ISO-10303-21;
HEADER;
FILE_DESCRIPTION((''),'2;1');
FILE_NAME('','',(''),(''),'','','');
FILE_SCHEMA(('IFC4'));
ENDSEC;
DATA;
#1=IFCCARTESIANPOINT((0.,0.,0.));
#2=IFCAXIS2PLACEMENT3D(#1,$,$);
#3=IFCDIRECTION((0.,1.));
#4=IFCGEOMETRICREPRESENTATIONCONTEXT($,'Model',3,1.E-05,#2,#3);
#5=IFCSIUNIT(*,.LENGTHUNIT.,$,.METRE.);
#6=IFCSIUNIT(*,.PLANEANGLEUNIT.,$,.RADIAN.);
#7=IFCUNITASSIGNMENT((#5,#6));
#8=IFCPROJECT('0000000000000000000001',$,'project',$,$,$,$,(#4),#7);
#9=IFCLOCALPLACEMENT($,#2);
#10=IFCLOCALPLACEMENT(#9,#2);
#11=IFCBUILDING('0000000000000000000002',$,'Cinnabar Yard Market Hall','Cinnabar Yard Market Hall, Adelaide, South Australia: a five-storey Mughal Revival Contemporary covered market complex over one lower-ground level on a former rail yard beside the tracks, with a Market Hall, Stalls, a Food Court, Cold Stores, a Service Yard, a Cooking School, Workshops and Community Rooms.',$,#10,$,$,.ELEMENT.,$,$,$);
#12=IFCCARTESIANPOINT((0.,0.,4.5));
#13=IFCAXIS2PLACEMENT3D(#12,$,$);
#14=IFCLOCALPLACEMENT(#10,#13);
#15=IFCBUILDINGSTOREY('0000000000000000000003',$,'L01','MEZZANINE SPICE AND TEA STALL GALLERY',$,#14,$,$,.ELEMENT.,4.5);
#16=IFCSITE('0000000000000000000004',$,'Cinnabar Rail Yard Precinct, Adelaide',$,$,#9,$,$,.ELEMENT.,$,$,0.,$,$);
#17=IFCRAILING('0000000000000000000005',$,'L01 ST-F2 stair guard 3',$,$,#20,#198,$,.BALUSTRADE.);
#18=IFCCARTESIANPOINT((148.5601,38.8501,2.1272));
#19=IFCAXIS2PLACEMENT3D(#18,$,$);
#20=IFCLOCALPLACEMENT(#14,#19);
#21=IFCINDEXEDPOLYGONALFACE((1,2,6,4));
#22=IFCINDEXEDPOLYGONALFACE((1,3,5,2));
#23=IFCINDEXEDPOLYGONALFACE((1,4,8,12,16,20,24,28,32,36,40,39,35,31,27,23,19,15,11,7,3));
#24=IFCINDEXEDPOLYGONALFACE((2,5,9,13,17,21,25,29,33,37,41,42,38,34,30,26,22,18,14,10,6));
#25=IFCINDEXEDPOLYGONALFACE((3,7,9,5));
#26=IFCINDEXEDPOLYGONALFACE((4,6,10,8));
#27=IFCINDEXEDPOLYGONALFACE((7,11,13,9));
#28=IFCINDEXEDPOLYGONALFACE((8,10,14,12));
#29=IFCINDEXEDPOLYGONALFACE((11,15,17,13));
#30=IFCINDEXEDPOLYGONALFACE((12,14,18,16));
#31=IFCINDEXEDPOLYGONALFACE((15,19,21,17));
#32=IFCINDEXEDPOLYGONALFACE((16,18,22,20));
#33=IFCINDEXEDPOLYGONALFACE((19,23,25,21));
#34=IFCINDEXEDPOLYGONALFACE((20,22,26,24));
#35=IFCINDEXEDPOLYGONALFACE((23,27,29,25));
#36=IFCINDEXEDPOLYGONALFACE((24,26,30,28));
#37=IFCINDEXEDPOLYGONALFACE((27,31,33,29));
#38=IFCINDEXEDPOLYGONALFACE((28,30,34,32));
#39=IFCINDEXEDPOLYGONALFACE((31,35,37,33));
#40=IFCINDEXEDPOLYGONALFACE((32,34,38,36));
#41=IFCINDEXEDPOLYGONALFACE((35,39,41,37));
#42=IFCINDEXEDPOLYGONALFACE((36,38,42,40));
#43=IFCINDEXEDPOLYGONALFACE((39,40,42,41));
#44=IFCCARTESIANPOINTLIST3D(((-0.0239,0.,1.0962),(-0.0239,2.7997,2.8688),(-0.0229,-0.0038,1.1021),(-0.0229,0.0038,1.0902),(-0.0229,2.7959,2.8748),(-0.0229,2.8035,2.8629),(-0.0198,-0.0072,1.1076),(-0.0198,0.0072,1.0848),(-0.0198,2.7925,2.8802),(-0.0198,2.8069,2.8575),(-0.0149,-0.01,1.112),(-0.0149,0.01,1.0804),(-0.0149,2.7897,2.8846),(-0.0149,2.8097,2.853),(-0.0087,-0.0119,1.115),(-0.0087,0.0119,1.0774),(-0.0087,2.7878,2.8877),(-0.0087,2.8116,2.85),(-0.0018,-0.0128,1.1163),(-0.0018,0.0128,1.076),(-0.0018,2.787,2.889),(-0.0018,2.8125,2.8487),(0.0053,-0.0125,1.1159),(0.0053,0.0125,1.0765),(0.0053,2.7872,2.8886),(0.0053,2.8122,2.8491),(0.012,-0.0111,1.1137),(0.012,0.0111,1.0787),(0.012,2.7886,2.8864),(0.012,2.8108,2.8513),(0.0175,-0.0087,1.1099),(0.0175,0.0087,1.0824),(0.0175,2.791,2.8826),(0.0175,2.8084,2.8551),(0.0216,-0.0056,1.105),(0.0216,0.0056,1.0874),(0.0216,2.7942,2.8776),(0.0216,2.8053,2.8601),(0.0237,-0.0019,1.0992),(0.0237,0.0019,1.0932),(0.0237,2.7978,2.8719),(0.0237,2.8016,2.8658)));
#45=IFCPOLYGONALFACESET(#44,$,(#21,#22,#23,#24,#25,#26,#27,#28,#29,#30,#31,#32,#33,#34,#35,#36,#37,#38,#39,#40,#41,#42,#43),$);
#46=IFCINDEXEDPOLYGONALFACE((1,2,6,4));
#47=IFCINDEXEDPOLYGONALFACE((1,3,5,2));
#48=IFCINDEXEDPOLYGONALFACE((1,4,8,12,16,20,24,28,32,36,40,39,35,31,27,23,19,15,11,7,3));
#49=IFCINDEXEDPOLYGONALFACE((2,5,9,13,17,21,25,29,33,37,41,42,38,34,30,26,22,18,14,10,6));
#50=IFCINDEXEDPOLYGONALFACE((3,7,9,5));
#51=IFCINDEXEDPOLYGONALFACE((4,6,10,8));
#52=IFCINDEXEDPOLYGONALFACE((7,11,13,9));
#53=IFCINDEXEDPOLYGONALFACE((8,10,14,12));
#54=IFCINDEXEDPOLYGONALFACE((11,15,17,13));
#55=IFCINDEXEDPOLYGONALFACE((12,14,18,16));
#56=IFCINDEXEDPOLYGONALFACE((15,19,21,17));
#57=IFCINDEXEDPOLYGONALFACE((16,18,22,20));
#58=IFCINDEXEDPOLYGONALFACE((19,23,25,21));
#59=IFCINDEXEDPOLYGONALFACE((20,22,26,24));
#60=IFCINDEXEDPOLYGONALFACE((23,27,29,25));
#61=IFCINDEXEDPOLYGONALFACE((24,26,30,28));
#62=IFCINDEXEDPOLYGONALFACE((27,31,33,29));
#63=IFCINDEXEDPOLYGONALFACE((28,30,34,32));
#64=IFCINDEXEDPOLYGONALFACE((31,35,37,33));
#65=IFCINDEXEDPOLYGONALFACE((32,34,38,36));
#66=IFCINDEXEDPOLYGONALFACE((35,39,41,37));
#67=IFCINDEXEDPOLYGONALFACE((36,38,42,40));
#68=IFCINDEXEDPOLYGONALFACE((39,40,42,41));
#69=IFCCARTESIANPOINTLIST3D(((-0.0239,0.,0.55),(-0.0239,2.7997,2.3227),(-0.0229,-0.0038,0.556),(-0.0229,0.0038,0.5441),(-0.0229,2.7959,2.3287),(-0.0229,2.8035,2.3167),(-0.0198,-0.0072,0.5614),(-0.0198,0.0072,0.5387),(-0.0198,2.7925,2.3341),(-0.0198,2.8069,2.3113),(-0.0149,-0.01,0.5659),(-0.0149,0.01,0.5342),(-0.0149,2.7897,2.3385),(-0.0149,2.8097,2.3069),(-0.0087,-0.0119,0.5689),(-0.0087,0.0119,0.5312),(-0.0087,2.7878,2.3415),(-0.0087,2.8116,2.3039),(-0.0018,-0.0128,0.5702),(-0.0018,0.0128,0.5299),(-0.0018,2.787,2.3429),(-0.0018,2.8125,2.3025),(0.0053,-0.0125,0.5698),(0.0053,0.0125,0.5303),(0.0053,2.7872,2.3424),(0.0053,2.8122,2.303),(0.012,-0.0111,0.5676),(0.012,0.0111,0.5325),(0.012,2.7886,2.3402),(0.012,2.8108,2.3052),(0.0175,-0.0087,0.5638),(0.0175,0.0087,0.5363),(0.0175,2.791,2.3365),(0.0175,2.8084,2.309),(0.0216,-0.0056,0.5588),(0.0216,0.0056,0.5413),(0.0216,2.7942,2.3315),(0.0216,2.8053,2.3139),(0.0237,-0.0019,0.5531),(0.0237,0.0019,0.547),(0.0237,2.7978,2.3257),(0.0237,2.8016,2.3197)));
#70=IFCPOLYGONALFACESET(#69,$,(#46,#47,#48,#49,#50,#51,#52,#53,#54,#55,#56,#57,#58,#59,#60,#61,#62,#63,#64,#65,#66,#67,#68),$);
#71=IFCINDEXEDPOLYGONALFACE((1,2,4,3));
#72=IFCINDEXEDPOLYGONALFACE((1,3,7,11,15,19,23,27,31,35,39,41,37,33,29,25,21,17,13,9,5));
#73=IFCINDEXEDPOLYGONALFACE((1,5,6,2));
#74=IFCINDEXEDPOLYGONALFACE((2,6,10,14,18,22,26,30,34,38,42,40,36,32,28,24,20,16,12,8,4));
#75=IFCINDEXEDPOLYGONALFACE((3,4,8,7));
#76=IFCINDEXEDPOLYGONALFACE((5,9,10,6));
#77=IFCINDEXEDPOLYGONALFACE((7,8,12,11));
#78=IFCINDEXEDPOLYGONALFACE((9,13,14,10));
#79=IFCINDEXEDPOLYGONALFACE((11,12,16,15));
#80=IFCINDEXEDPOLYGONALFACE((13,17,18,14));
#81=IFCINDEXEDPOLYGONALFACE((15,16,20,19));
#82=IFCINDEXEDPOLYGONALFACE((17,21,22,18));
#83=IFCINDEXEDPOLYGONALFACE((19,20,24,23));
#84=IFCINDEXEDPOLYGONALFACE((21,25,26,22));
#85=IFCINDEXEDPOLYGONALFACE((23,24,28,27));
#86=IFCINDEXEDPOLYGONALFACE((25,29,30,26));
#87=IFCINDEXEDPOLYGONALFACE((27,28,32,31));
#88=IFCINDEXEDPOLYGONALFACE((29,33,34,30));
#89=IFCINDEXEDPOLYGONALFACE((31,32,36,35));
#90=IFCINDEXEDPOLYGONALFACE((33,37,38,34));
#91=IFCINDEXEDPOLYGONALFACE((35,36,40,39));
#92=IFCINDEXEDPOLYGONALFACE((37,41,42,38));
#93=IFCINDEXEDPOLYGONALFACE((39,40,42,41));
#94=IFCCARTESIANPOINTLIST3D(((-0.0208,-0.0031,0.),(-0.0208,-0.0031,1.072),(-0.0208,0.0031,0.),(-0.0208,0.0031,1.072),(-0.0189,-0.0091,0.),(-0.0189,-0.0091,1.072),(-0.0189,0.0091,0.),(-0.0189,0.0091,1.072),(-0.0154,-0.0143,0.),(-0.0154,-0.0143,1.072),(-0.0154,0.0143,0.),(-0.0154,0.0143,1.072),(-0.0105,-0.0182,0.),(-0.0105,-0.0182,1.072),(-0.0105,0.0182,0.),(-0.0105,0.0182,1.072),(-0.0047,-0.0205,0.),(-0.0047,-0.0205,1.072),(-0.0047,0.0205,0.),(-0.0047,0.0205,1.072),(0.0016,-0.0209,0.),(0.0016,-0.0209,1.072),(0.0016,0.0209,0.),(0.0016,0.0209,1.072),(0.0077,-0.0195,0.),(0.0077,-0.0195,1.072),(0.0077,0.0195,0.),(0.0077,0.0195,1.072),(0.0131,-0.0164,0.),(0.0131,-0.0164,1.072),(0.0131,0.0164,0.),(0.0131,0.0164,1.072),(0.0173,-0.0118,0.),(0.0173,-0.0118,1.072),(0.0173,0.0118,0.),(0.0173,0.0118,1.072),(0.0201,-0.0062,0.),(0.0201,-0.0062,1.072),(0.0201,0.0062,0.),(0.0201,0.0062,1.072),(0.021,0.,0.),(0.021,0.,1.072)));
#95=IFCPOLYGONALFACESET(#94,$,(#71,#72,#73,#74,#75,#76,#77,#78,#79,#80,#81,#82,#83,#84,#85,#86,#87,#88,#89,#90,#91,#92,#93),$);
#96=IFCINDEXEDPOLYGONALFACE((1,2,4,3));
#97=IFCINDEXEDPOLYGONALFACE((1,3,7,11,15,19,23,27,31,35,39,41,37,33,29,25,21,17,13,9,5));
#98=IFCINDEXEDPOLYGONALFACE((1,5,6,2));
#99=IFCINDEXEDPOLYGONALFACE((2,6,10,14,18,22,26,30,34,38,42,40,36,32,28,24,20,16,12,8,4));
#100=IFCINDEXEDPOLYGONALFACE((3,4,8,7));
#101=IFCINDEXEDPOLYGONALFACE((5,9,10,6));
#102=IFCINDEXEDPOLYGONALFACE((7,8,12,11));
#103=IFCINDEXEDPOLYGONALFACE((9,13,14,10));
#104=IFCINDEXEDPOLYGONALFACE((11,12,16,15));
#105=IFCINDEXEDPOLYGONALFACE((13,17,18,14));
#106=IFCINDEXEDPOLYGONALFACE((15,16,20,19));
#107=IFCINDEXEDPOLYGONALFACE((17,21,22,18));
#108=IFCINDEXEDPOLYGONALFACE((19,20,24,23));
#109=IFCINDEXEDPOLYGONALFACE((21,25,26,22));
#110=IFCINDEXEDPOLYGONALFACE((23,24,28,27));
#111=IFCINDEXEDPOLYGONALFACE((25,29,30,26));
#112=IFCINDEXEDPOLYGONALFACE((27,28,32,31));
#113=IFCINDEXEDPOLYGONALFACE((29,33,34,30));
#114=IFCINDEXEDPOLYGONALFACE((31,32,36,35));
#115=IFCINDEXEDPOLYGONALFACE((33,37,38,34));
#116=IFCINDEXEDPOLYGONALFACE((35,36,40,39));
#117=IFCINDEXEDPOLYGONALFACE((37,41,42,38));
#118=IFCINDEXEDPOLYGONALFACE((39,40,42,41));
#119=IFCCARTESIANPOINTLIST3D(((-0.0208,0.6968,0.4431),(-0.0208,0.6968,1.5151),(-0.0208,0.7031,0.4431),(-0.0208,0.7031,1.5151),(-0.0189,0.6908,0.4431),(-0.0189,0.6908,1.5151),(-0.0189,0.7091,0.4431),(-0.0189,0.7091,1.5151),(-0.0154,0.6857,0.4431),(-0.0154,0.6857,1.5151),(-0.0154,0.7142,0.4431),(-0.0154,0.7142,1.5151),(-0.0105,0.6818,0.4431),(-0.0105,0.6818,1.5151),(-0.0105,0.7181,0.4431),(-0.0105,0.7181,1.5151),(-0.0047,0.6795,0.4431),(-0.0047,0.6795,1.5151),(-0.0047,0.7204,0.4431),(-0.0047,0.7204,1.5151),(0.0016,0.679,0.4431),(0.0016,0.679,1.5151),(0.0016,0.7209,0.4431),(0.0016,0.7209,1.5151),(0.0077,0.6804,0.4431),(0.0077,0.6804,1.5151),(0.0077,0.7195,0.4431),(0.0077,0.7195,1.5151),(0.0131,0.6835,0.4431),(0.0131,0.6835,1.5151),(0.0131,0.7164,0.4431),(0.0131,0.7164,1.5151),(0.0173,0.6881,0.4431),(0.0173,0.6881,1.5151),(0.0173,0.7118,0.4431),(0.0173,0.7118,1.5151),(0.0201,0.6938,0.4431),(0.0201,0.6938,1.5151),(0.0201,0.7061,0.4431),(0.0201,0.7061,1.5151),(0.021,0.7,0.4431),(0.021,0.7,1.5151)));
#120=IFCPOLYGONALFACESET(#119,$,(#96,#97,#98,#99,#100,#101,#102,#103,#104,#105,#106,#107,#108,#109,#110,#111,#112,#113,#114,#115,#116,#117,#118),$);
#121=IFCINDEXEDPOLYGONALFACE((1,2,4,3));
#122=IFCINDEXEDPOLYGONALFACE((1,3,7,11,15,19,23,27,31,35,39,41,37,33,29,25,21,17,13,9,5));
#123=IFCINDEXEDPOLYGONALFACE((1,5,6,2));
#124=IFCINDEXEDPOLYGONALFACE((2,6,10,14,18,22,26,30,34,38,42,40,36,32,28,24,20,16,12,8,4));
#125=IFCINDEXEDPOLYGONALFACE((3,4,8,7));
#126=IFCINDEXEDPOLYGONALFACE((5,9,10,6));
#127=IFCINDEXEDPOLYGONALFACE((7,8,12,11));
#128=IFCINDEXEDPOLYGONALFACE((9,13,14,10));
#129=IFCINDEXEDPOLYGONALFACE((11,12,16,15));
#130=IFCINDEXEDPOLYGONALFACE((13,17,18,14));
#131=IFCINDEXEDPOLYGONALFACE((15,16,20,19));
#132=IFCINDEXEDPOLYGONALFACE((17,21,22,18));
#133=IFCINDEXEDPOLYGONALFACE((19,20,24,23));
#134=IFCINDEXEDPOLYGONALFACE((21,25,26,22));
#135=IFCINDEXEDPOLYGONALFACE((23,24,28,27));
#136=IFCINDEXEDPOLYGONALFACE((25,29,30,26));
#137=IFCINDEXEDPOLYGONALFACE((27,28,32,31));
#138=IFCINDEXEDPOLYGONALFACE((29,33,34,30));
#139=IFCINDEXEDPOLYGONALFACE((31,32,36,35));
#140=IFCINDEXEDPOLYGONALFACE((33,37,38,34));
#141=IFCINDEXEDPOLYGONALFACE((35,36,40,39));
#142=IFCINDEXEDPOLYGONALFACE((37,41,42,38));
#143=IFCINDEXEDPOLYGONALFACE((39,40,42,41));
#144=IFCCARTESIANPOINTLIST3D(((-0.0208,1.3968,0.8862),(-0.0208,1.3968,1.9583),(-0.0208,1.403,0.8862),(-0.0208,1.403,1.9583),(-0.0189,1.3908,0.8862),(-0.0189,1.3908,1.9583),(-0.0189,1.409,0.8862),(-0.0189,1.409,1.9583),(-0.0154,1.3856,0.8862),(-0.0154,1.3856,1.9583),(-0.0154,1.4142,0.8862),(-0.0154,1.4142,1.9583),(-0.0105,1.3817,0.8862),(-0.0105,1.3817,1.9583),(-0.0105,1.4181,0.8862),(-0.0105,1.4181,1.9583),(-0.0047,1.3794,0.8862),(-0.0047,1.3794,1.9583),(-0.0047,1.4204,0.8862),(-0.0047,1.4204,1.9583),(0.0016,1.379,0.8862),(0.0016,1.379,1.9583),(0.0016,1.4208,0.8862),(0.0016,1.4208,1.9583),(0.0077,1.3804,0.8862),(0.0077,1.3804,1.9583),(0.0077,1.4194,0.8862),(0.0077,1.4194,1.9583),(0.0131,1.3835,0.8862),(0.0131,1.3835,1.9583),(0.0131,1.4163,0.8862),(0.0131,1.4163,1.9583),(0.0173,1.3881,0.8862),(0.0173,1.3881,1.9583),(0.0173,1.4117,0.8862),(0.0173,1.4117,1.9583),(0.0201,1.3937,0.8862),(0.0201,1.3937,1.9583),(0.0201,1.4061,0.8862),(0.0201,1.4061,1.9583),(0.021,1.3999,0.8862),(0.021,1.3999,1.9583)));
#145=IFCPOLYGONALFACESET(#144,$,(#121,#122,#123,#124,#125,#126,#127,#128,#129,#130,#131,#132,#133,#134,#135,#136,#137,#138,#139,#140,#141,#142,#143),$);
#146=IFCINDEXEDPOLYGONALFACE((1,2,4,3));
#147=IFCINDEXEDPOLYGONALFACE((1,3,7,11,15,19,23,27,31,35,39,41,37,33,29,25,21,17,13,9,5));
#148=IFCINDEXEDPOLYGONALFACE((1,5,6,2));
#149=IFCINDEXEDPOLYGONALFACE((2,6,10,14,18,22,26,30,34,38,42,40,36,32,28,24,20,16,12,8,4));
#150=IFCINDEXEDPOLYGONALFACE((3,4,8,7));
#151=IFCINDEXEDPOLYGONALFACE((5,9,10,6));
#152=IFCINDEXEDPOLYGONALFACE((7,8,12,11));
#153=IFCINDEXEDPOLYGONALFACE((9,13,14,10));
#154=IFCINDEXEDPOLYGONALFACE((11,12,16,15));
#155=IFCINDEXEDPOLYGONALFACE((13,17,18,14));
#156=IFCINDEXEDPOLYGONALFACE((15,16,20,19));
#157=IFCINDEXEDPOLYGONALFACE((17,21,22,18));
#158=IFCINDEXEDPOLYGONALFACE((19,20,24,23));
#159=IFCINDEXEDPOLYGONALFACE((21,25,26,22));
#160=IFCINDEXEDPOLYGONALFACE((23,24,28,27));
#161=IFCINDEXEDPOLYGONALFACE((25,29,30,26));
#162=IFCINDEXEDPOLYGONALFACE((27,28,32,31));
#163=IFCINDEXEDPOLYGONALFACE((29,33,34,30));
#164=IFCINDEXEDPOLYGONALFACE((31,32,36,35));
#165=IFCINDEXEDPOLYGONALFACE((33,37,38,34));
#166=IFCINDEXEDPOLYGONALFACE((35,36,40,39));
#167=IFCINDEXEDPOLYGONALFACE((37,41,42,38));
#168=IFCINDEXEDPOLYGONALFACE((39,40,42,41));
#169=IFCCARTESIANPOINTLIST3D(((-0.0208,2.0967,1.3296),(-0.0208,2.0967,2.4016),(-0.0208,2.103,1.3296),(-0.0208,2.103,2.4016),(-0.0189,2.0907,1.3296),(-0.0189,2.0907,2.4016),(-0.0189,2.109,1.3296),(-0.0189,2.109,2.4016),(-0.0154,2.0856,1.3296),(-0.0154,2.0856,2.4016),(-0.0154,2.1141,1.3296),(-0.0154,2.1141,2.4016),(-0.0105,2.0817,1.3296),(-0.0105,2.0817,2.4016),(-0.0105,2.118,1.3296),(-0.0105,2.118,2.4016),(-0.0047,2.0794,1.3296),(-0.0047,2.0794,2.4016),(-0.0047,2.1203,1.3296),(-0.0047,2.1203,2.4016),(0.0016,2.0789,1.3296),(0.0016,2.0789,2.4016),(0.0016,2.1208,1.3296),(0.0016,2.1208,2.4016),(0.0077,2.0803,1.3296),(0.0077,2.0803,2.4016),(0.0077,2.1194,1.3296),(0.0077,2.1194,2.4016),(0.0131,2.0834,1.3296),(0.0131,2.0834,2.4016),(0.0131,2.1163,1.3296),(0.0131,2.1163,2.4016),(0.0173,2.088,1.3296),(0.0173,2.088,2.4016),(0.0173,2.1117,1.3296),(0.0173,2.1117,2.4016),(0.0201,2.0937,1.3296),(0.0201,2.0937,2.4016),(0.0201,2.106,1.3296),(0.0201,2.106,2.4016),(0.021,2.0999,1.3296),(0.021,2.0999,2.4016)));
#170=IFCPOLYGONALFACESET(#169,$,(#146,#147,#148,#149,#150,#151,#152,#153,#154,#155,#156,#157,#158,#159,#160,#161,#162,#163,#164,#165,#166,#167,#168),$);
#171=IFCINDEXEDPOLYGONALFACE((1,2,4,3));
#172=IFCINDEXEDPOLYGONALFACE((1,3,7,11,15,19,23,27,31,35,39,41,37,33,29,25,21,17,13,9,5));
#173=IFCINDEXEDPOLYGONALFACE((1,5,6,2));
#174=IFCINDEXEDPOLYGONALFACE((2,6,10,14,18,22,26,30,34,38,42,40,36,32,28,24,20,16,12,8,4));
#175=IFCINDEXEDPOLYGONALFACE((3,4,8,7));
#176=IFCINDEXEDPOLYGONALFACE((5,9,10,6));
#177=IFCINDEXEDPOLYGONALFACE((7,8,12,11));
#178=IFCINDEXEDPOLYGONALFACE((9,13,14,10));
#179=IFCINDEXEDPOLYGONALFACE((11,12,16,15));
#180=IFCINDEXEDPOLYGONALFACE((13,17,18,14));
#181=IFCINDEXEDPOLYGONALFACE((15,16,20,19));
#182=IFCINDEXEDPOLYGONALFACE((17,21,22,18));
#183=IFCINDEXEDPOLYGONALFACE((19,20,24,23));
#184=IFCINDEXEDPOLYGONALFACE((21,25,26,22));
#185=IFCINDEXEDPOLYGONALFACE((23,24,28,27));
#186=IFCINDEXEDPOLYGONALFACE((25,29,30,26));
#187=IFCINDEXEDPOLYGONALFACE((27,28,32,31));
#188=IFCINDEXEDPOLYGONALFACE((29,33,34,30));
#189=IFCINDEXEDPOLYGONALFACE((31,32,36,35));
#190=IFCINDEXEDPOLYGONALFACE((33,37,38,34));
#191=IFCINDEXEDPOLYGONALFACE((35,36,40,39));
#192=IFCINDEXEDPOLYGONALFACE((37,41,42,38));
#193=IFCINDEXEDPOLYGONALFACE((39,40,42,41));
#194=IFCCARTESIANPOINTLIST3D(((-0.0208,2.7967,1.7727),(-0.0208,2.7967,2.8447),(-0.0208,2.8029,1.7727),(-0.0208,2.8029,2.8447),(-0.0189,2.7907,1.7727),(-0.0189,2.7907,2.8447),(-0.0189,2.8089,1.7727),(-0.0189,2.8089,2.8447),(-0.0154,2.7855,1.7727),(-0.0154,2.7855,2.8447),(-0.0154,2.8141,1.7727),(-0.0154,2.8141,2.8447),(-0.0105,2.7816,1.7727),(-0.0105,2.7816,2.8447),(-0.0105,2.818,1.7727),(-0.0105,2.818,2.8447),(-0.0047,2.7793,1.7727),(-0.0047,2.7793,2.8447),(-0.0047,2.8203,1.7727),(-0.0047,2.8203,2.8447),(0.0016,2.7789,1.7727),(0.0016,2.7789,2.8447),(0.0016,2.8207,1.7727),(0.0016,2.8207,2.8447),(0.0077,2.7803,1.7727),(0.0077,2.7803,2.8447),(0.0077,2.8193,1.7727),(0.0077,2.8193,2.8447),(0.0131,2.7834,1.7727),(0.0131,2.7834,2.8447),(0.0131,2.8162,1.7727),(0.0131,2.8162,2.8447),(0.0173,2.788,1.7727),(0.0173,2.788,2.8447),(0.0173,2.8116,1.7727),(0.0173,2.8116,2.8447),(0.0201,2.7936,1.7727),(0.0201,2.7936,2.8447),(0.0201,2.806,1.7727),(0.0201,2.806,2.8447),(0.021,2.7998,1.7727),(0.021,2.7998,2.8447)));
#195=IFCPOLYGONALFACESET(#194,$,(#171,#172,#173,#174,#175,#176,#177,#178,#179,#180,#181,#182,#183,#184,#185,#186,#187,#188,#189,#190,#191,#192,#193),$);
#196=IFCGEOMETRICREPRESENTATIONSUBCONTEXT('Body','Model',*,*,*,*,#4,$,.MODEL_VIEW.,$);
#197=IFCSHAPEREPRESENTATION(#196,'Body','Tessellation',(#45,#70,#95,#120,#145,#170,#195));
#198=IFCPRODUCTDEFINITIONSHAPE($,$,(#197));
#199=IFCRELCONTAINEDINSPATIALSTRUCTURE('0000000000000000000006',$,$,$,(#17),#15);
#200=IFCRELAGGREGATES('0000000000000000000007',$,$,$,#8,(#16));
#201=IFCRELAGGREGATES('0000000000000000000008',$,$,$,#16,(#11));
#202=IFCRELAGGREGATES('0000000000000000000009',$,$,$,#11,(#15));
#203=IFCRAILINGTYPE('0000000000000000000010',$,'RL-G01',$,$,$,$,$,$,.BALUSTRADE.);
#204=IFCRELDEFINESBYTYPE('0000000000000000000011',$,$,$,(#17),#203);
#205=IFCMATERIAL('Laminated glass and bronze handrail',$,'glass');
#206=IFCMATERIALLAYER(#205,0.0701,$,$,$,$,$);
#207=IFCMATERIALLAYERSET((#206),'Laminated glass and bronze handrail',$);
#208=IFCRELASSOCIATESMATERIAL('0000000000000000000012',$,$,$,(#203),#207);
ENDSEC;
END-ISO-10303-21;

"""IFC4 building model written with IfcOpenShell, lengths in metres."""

from ifc_helpers import new_model, si_unit, direction, frame, origin, origin_2d_with_axis, place, context, subcontext, project, spatial, circle, extrude, material, layer, layer_set, type_object, element, save


model = new_model("IFC4")

# Units and contexts
model_context = context("Model", 3, precision=1e-05, world=origin(), true_north=direction((0.0, 1.0)))
body_context = subcontext(model_context, "Body", "Model", "MODEL_VIEW")
ifc_project = project(units=[si_unit("LENGTHUNIT", "METRE"), si_unit("PLANEANGLEUNIT", "RADIAN")], contexts=[model_context])

# Site, building, storey
site_placement = place(None, origin())
site = spatial("IfcSite", under=ifc_project, at=site_placement, Name="Cinnabar Rail Yard Precinct, Adelaide", CompositionType="ELEMENT", RefElevation=0.0)
building_placement = place(site_placement, origin())
building = spatial("IfcBuilding", under=site, at=building_placement, Name="Cinnabar Yard Market Hall", Description="Cinnabar Yard Market Hall, Adelaide, South Australia: a five-storey Mughal Revival Contemporary covered market complex over one lower-ground level on a former rail yard beside the tracks, with a Market Hall, Stalls, a Food Court, Cold Stores, a Service Yard, a Cooking School, Workshops and Community Rooms.", CompositionType="ELEMENT")
storey_placement = place(building_placement, frame((0.0, 0.0, 4.5)))
storey = spatial("IfcBuildingStorey", under=building, at=storey_placement, Name="L01", Description="MEZZANINE SPICE AND TEA STALL GALLERY", CompositionType="ELEMENT", Elevation=4.5)

# Railing
ifc_material_1 = material(Name="Laminated glass and bronze handrail", Category="glass")
ifc_layer_1 = layer(ifc_material_1, 0.0701)
ifc_layer_set_1 = layer_set([ifc_layer_1], Name="Laminated glass and bronze handrail")
railing_type_1 = type_object("IfcRailingType", Name="RL-G01", PredefinedType="BALUSTRADE", material=ifc_layer_set_1)
railing_1_placement = place(storey_placement, frame((148.5601, 38.8501, 2.1272)))
element("IfcRailing", 1, at=railing_1_placement, inside=storey, type_object=railing_type_1, Name="L01 ST-F2 stair guard 3", PredefinedType="BALUSTRADE", context=body_context, shape_type="SweptSolid", body=[
    extrude(circle(Radius=0.0239, at=origin_2d_with_axis()), frame((0.0, 0.0, 1.0962), z_axis=(0.0, 0.844888, 0.534943), x_axis=(-1.0, 0.0, 0.0)), (0.0, 0.0, 1.0), 3.3137),
    extrude(circle(Radius=0.0239, at=origin_2d_with_axis()), frame((0.0, 0.0, 0.55), z_axis=(0.0, 0.844888, 0.534943), x_axis=(-1.0, 0.0, 0.0)), (0.0, 0.0, 1.0), 3.3137),
    extrude(circle(Radius=0.021, at=origin_2d_with_axis()), origin(), (0.0, 0.0, 1.0), 1.072),
    extrude(circle(Radius=0.021, at=origin_2d_with_axis()), frame((0.0, 0.7, 0.4431)), (0.0, 0.0, 1.0), 1.072),
    extrude(circle(Radius=0.021, at=origin_2d_with_axis()), frame((0.0, 1.3999, 0.8862)), (0.0, 0.0, 1.0), 1.072),
    extrude(circle(Radius=0.021, at=origin_2d_with_axis()), frame((0.0, 2.0999, 1.3296)), (0.0, 0.0, 1.0), 1.072),
    extrude(circle(Radius=0.021, at=origin_2d_with_axis()), frame((0.0, 2.7998, 1.7727)), (0.0, 0.0, 1.0), 1.072),
])

save(model, "model.ifc")
